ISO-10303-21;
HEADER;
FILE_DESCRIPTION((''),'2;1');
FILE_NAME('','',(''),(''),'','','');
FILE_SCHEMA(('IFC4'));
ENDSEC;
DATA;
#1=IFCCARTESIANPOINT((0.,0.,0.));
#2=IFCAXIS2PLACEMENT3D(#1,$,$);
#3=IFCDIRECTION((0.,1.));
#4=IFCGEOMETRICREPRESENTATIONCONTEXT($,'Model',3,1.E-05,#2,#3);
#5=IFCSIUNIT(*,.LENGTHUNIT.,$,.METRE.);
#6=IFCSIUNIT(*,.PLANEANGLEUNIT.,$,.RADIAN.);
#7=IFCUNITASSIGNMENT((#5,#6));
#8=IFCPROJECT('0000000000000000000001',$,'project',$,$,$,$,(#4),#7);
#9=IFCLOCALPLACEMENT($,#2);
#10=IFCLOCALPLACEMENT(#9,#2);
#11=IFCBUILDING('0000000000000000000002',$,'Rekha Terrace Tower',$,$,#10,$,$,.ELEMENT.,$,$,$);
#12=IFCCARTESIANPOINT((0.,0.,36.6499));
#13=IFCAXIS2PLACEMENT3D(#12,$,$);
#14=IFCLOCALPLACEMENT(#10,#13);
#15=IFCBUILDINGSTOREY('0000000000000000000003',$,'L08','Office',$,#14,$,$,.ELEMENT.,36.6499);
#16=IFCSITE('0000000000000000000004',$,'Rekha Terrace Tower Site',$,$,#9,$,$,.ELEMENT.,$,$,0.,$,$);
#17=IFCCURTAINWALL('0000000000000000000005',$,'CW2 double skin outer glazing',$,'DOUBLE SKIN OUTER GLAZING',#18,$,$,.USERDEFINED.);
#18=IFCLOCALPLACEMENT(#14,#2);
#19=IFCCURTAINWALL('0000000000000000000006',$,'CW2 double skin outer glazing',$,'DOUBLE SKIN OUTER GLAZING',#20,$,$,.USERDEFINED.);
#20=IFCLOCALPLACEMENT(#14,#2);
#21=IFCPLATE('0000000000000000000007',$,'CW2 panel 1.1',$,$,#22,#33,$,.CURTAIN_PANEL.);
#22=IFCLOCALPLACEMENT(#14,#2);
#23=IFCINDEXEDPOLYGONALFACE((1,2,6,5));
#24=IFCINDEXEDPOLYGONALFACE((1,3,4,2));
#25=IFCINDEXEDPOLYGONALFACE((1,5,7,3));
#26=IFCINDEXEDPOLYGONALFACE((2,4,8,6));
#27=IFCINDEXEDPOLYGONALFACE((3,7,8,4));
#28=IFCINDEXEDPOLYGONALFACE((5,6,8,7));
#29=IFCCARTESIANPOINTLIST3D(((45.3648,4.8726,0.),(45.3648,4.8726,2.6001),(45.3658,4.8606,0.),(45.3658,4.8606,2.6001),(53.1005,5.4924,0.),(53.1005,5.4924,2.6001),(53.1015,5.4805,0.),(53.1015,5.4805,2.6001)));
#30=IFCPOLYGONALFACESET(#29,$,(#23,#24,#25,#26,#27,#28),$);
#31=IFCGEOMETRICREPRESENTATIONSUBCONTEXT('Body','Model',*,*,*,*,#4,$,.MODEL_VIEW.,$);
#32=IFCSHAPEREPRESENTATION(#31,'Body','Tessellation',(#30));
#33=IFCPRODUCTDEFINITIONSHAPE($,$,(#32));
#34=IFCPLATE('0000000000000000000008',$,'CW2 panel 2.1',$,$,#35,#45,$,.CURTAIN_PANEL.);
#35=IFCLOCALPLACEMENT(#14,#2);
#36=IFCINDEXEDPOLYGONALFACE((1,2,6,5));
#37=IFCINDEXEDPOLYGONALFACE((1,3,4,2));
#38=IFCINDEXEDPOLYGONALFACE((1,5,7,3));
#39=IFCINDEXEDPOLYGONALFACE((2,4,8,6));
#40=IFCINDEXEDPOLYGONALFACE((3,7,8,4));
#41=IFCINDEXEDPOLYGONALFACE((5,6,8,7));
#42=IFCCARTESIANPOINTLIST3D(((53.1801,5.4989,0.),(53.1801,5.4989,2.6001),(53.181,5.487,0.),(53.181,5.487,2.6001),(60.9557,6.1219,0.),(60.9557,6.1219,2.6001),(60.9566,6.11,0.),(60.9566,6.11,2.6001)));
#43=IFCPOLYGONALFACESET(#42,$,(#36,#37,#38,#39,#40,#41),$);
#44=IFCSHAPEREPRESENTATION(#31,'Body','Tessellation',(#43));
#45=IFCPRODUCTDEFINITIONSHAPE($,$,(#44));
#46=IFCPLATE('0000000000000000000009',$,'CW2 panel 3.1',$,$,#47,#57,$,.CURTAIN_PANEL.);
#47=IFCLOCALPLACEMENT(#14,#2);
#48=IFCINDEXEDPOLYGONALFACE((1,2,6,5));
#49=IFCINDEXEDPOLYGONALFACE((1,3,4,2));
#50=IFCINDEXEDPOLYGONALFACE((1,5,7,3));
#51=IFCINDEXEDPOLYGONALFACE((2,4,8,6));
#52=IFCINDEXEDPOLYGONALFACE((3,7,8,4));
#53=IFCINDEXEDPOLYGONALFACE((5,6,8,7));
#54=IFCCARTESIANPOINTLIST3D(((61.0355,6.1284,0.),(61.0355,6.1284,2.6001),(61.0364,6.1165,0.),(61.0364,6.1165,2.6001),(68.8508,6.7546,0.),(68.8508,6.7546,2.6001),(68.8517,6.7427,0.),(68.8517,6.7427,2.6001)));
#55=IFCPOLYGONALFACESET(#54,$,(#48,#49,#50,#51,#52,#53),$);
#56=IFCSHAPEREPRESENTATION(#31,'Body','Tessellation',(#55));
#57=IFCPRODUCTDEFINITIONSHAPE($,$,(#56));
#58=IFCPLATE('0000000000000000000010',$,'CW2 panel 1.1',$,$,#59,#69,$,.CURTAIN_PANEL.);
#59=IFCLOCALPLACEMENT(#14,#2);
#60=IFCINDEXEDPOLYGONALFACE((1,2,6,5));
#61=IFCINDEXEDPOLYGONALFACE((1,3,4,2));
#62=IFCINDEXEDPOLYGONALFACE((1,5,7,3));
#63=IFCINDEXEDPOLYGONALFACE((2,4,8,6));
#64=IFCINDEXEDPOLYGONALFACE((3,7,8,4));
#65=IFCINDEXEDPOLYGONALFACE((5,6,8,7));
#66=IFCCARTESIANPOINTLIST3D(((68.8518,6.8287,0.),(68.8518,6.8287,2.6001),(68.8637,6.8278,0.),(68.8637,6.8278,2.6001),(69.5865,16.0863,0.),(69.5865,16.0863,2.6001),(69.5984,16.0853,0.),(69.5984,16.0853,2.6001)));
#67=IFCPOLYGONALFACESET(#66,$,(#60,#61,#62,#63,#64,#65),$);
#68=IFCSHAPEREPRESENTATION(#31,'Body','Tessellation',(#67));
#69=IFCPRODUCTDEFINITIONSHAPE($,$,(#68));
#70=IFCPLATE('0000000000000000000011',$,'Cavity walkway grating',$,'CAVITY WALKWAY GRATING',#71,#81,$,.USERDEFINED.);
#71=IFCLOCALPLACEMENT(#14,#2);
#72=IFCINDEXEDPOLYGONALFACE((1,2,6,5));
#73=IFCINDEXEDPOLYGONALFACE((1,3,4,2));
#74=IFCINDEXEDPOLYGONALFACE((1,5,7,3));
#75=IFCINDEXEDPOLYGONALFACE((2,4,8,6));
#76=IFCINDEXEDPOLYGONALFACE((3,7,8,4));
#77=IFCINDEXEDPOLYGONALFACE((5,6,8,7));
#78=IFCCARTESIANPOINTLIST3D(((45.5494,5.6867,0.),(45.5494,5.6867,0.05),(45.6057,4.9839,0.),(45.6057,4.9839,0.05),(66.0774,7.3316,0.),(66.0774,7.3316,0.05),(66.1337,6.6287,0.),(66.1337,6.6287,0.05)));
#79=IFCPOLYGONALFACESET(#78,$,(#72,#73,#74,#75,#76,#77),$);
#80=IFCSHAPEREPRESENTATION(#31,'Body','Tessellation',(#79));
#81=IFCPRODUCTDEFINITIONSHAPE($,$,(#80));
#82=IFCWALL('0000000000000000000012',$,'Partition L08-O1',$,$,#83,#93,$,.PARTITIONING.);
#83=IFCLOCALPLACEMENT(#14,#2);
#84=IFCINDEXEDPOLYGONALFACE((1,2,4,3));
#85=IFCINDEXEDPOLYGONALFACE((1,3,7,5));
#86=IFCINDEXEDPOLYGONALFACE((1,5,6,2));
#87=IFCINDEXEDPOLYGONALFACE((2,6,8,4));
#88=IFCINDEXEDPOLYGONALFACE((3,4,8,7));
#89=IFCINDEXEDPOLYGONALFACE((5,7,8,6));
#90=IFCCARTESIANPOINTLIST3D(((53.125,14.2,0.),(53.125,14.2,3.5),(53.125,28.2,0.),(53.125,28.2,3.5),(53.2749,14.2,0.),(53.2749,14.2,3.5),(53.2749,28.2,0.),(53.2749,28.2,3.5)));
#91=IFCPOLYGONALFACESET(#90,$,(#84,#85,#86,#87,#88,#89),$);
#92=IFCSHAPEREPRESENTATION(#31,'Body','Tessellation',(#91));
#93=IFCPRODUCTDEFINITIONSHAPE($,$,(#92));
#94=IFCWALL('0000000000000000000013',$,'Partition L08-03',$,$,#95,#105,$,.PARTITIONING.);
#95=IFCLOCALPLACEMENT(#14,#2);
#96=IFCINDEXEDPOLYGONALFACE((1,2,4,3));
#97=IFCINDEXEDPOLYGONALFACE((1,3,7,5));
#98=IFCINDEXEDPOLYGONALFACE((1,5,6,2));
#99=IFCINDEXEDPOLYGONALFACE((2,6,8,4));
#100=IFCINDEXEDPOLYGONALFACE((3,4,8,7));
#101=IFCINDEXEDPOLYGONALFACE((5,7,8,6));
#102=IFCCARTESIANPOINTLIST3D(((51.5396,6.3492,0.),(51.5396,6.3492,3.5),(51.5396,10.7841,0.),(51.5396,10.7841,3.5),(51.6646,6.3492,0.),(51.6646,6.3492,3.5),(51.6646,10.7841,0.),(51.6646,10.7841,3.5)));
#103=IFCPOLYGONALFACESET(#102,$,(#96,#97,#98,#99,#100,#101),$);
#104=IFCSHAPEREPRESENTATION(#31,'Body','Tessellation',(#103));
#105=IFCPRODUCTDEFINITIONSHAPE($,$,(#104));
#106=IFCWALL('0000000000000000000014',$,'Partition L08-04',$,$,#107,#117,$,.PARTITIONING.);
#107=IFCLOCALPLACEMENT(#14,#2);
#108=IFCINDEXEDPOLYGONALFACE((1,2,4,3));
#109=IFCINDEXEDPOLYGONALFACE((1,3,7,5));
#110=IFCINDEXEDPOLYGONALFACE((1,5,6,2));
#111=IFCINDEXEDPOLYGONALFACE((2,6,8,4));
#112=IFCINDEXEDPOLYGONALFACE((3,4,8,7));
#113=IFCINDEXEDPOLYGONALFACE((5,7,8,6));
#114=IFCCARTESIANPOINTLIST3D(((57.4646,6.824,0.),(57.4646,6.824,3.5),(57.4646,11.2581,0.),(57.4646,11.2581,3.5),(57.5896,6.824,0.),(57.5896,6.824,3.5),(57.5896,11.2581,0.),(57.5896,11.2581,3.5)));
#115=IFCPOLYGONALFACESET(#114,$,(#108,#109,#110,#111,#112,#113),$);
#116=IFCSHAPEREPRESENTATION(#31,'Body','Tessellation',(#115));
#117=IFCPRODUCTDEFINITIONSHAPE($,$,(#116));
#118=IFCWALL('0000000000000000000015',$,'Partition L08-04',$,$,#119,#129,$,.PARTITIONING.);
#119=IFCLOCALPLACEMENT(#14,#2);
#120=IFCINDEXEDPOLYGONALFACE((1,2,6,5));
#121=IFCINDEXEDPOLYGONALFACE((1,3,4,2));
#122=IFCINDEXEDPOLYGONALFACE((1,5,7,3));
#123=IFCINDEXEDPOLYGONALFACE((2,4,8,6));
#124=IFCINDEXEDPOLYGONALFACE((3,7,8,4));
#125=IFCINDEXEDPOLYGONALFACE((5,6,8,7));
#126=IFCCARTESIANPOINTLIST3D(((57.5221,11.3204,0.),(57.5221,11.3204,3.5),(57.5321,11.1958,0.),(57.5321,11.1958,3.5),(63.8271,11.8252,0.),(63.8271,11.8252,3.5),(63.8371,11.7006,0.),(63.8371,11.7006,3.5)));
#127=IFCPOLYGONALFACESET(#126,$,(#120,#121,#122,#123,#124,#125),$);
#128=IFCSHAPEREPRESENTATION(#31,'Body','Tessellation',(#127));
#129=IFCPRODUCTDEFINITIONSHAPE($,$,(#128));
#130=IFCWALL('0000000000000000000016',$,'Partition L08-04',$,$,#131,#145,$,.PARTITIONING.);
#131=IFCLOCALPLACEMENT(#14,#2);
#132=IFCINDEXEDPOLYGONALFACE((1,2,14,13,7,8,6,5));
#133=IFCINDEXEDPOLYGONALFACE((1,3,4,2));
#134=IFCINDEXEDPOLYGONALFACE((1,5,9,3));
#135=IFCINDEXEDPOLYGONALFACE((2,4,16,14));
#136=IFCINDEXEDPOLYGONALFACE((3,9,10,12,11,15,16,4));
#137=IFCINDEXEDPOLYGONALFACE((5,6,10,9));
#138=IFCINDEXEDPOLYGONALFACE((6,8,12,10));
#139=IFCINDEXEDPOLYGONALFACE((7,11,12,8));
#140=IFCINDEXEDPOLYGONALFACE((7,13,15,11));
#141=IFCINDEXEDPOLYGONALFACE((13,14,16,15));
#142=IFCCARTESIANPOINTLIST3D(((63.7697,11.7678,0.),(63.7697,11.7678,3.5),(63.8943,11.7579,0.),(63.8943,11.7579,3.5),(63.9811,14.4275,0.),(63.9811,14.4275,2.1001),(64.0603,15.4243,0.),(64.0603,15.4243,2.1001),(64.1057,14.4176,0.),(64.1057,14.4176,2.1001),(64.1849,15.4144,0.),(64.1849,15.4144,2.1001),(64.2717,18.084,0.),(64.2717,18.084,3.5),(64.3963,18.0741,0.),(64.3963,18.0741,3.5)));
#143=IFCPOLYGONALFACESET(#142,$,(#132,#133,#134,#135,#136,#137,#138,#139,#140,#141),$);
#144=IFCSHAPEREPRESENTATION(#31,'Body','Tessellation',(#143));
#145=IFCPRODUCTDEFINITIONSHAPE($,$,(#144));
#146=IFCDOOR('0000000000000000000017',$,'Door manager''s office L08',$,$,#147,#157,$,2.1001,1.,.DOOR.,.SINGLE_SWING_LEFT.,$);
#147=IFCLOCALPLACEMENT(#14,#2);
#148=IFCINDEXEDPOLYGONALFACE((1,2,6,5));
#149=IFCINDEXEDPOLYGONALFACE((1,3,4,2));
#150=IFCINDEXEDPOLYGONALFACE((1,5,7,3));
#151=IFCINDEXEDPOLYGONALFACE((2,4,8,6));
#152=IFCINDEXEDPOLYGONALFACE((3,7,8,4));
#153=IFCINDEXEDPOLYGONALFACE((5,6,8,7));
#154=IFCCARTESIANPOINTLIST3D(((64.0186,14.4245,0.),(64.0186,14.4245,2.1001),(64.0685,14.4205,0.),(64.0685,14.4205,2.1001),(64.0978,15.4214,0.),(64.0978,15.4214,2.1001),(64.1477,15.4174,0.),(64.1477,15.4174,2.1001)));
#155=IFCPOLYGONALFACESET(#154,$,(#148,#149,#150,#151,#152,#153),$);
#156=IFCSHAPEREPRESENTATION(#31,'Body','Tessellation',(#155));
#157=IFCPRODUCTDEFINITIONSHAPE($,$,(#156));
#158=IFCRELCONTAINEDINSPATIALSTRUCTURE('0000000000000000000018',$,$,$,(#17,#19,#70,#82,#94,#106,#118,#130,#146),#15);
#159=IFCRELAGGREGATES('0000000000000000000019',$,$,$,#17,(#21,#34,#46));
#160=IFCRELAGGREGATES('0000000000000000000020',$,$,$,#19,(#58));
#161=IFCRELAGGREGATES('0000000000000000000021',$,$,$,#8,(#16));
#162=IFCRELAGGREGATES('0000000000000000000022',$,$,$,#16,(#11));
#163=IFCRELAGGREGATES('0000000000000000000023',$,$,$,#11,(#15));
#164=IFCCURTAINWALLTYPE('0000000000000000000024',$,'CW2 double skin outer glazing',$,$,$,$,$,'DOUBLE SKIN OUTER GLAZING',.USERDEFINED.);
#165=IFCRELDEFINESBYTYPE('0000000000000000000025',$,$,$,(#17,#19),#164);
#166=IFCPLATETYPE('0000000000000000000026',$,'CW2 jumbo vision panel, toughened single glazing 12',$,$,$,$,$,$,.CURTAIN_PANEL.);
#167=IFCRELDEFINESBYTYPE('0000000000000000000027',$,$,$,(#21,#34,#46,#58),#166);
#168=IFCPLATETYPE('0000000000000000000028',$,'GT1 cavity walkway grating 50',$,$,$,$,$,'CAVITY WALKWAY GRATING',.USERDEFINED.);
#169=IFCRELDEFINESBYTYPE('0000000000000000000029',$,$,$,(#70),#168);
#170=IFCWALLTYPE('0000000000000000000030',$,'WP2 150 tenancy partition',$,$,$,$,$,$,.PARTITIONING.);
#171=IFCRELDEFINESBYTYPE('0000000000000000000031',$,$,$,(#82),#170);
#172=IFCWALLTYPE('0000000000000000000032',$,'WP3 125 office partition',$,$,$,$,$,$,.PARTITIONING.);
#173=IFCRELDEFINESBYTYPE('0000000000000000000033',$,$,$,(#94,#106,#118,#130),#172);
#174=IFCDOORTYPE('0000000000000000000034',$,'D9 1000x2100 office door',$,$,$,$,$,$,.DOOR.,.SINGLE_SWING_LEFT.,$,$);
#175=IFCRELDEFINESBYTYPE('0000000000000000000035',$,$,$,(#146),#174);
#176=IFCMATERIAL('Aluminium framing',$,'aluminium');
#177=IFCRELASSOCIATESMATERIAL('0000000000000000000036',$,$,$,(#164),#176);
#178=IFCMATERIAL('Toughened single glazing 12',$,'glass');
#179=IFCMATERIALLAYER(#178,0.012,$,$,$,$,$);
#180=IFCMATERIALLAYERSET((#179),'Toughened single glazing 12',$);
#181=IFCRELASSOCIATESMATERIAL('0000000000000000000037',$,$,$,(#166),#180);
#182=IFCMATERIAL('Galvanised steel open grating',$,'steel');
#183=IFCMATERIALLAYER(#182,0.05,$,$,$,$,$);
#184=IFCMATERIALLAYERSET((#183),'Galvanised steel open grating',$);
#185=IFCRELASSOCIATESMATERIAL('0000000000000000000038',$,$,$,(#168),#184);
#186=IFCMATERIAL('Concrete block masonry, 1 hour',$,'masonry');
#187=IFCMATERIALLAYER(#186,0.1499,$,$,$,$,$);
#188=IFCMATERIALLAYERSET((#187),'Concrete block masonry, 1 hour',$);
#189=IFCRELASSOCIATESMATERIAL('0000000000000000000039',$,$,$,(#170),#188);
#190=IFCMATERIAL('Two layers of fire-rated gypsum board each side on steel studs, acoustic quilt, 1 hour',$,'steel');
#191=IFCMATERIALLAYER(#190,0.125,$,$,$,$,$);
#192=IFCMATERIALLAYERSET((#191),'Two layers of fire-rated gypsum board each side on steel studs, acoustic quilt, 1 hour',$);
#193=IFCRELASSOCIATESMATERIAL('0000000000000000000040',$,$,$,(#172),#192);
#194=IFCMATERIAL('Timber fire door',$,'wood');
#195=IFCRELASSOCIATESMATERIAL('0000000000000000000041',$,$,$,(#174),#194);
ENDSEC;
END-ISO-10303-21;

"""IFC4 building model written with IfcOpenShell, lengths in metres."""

from ifc_helpers import new_model, si_unit, direction, frame, frame_2d, origin, origin_2d, place, context, subcontext, project, spatial, rectangle, extrude, material, layer, layer_set, type_object, element, fill, aggregate, save


model = new_model("IFC4")

# Units and contexts
model_context = context("Model", 3, precision=1e-05, world=origin(), true_north=direction((0.0, 1.0)))
body_context = subcontext(model_context, "Body", "Model", "MODEL_VIEW")
ifc_project = project(units=[si_unit("LENGTHUNIT", "METRE"), si_unit("PLANEANGLEUNIT", "RADIAN")], contexts=[model_context])

# Site, building, storey
site_placement = place(None, origin())
site = spatial("IfcSite", under=ifc_project, at=site_placement, Name="Rekha Terrace Tower Site", CompositionType="ELEMENT", RefElevation=0.0)
building_placement = place(site_placement, origin())
building = spatial("IfcBuilding", under=site, at=building_placement, Name="Rekha Terrace Tower", CompositionType="ELEMENT")
storey_placement = place(building_placement, frame((0.0, 0.0, 36.6499)))
storey = spatial("IfcBuildingStorey", under=building, at=storey_placement, Name="L08", Description="Office", CompositionType="ELEMENT", Elevation=36.6499)

# Curtain wall
ifc_material_1 = material(Name="Aluminium framing", Category="aluminium")
curtain_wall_type_1 = type_object("IfcCurtainWallType", Name="CW2 double skin outer glazing", ElementType="DOUBLE SKIN OUTER GLAZING", PredefinedType="USERDEFINED", material=ifc_material_1)
curtain_wall_1_placement = place(storey_placement, origin())
curtain_wall_1 = element("IfcCurtainWall", 1, at=curtain_wall_1_placement, inside=storey, type_object=curtain_wall_type_1, Name="CW2 double skin outer glazing", ObjectType="DOUBLE SKIN OUTER GLAZING", PredefinedType="USERDEFINED")

# Curtain wall
curtain_wall_2_placement = place(storey_placement, origin())
curtain_wall_2 = element("IfcCurtainWall", 2, at=curtain_wall_2_placement, inside=storey, type_object=curtain_wall_type_1, Name="CW2 double skin outer glazing", ObjectType="DOUBLE SKIN OUTER GLAZING", PredefinedType="USERDEFINED")

# Plates
ifc_material_2 = material(Name="Toughened single glazing 12", Category="glass")
ifc_layer_1 = layer(ifc_material_2, 0.012)
ifc_layer_set_1 = layer_set([ifc_layer_1], Name="Toughened single glazing 12")
plate_type_1 = type_object("IfcPlateType", Name="CW2 jumbo vision panel, toughened single glazing 12", PredefinedType="CURTAIN_PANEL", material=ifc_layer_set_1)
plate_1_placement = place(storey_placement, frame((49.2332, 5.1765, 0.0), z_axis=(0.0, 0.0, 1.0), x_axis=(0.996805, 0.079872, 0.0)))
plate_1 = element("IfcPlate", 3, at=plate_1_placement, type_object=plate_type_1, Name="CW2 panel 1.1", PredefinedType="CURTAIN_PANEL", context=body_context, shape_type="SweptSolid", body=[
    extrude(rectangle(XDim=7.7605, YDim=0.012, at=origin_2d()), origin(), (0.0, 0.0, 1.0), 2.6001),
])
plate_2_placement = place(storey_placement, frame((57.0684, 5.8044, 0.0), z_axis=(0.0, 0.0, 1.0), x_axis=(0.996805, 0.079872, 0.0)))
plate_2 = element("IfcPlate", 4, at=plate_2_placement, type_object=plate_type_1, Name="CW2 panel 2.1", PredefinedType="CURTAIN_PANEL", context=body_context, shape_type="SweptSolid", body=[
    extrude(rectangle(XDim=7.8005, YDim=0.012, at=origin_2d()), origin(), (0.0, 0.0, 1.0), 2.6001),
])
plate_3_placement = place(storey_placement, frame((64.9436, 6.4355, 0.0), z_axis=(0.0, 0.0, 1.0), x_axis=(0.996805, 0.079872, 0.0)))
plate_3 = element("IfcPlate", 5, at=plate_3_placement, type_object=plate_type_1, Name="CW2 panel 3.1", PredefinedType="CURTAIN_PANEL", context=body_context, shape_type="SweptSolid", body=[
    extrude(rectangle(XDim=7.8403, YDim=0.012, at=origin_2d()), origin(), (0.0, 0.0, 1.0), 2.6001),
])
aggregate(curtain_wall_1, [plate_1, plate_2, plate_3])
plate_4_placement = place(storey_placement, frame((69.2251, 11.457, 0.0), z_axis=(0.0, 0.0, 1.0), x_axis=(0.079116, 0.996865, 0.0)))
plate_4 = element("IfcPlate", 6, at=plate_4_placement, type_object=plate_type_1, Name="CW2 panel 1.1", PredefinedType="CURTAIN_PANEL", context=body_context, shape_type="SweptSolid", body=[
    extrude(rectangle(XDim=9.2866, YDim=0.012, at=origin_2d()), origin(), (0.0, 0.0, 1.0), 2.6001),
])
aggregate(curtain_wall_2, [plate_4])
ifc_material_3 = material(Name="Galvanised steel open grating", Category="steel")
ifc_layer_2 = layer(ifc_material_3, 0.05)
ifc_layer_set_2 = layer_set([ifc_layer_2], Name="Galvanised steel open grating")
plate_type_2 = type_object("IfcPlateType", Name="GT1 cavity walkway grating 50", ElementType="CAVITY WALKWAY GRATING", PredefinedType="USERDEFINED", material=ifc_layer_set_2)
plate_5_placement = place(storey_placement, frame((55.8416, 6.1577, 0.0), z_axis=(0.0, 0.0, 1.0), x_axis=(0.996805, 0.079872, 0.0)))
element("IfcPlate", 7, at=plate_5_placement, inside=storey, type_object=plate_type_2, Name="Cavity walkway grating", ObjectType="CAVITY WALKWAY GRATING", PredefinedType="USERDEFINED", context=body_context, shape_type="SweptSolid", body=[
    extrude(rectangle(XDim=20.5938, YDim=0.7051, at=origin_2d()), origin(), (0.0, 0.0, 1.0), 0.05),
])

# Walls
ifc_material_4 = material(Name="Concrete block masonry, 1 hour", Category="masonry")
ifc_layer_3 = layer(ifc_material_4, 0.1499)
ifc_layer_set_3 = layer_set([ifc_layer_3], Name="Concrete block masonry, 1 hour")
wall_type_1 = type_object("IfcWallType", Name="WP2 150 tenancy partition", PredefinedType="PARTITIONING", material=ifc_layer_set_3)
wall_1_placement = place(storey_placement, frame((53.2, 14.2, 0.0), z_axis=(0.0, 0.0, 1.0), x_axis=(0.0, 1.0, 0.0)))
element("IfcWall", 8, at=wall_1_placement, inside=storey, type_object=wall_type_1, Name="Partition L08-O1", PredefinedType="PARTITIONING", context=body_context, shape_type="SweptSolid", body=[
    extrude(rectangle(XDim=14.0, YDim=0.1499, at=frame_2d((7.0, 0.0))), origin(), (0.0, 0.0, 1.0), 3.5),
])
ifc_material_5 = material(Name="Two layers of fire-rated gypsum board each side on steel studs, acoustic quilt, 1 hour", Category="steel")
ifc_layer_4 = layer(ifc_material_5, 0.125)
ifc_layer_set_4 = layer_set([ifc_layer_4], Name="Two layers of fire-rated gypsum board each side on steel studs, acoustic quilt, 1 hour")
wall_type_2 = type_object("IfcWallType", Name="WP3 125 office partition", PredefinedType="PARTITIONING", material=ifc_layer_set_4)
wall_2_placement = place(storey_placement, frame((51.6021, 10.7839, 0.0), z_axis=(0.0, 0.0, 1.0), x_axis=(0.0, -1.0, 0.0)))
element("IfcWall", 9, at=wall_2_placement, inside=storey, type_object=wall_type_2, Name="Partition L08-03", PredefinedType="PARTITIONING", context=body_context, shape_type="SweptSolid", body=[
    extrude(rectangle(XDim=4.4348, YDim=0.125, at=frame_2d((2.2173, 0.0))), origin(), (0.0, 0.0, 1.0), 3.5),
])
wall_3_placement = place(storey_placement, frame((57.5271, 6.824, 0.0), z_axis=(0.0, 0.0, 1.0), x_axis=(0.0, 1.0, 0.0)))
element("IfcWall", 10, at=wall_3_placement, inside=storey, type_object=wall_type_2, Name="Partition L08-04", PredefinedType="PARTITIONING", context=body_context, shape_type="SweptSolid", body=[
    extrude(rectangle(XDim=4.4341, YDim=0.125, at=frame_2d((2.217, 0.0))), origin(), (0.0, 0.0, 1.0), 3.5),
])
wall_4_placement = place(storey_placement, frame((57.5271, 11.2581, 0.0), z_axis=(0.0, 0.0, 1.0), x_axis=(0.996809, 0.079822, 0.0)))
element("IfcWall", 11, at=wall_4_placement, inside=storey, type_object=wall_type_2, Name="Partition L08-04", PredefinedType="PARTITIONING", context=body_context, shape_type="SweptSolid", body=[
    extrude(rectangle(XDim=6.3252, YDim=0.125, at=frame_2d((3.1626, 0.0))), origin(), (0.0, 0.0, 1.0), 3.5),
])

# Wall, opening, door
wall_5_placement = place(storey_placement, frame((63.832, 11.7629, 0.0), z_axis=(0.0, 0.0, 1.0), x_axis=(0.079221, 0.996857, 0.0)))
wall_5 = element("IfcWall", 12, at=wall_5_placement, inside=storey, type_object=wall_type_2, Name="Partition L08-04", PredefinedType="PARTITIONING", context=body_context, shape_type="SweptSolid", body=[
    extrude(rectangle(XDim=6.3362, YDim=0.125, at=frame_2d((3.168, 0.0))), origin(), (0.0, 0.0, 1.0), 3.5),
])
opening_placement = place(wall_5_placement, frame((2.668, 0.0, 0.0)))
opening = element("IfcOpeningElement", 13, at=opening_placement, cuts=wall_5, PredefinedType="OPENING", context=body_context, shape_type="SweptSolid", body=[
    extrude(rectangle(XDim=1.0, YDim=2.1001, at=frame_2d((0.5, 1.05))), frame((0.0, 0.0725, 0.0), z_axis=(0.0, -1.0, 0.0), x_axis=(1.0, 0.0, 0.0)), (0.0, 0.0, 1.0), 0.145),
])
ifc_material_6 = material(Name="Timber fire door", Category="wood")
door_type = type_object("IfcDoorType", Name="D9 1000x2100 office door", OperationType="SINGLE_SWING_LEFT", PredefinedType="DOOR", material=ifc_material_6)
door_placement = place(opening_placement, origin())
door = element("IfcDoor", 14, at=door_placement, inside=storey, type_object=door_type, Name="Door manager's office L08", OperationType="SINGLE_SWING_LEFT", OverallHeight=2.1001, OverallWidth=1.0, PredefinedType="DOOR", context=body_context, shape_type="SweptSolid", body=[
    extrude(rectangle(XDim=1.0, YDim=2.1001, at=frame_2d((0.5, 1.05))), frame((0.0, 0.0249, 0.0), z_axis=(0.0, -1.0, 0.0), x_axis=(1.0, 0.0, 0.0)), (0.0, 0.0, 1.0), 0.05),
])
fill(opening, door)

save(model, "model.ifc")
